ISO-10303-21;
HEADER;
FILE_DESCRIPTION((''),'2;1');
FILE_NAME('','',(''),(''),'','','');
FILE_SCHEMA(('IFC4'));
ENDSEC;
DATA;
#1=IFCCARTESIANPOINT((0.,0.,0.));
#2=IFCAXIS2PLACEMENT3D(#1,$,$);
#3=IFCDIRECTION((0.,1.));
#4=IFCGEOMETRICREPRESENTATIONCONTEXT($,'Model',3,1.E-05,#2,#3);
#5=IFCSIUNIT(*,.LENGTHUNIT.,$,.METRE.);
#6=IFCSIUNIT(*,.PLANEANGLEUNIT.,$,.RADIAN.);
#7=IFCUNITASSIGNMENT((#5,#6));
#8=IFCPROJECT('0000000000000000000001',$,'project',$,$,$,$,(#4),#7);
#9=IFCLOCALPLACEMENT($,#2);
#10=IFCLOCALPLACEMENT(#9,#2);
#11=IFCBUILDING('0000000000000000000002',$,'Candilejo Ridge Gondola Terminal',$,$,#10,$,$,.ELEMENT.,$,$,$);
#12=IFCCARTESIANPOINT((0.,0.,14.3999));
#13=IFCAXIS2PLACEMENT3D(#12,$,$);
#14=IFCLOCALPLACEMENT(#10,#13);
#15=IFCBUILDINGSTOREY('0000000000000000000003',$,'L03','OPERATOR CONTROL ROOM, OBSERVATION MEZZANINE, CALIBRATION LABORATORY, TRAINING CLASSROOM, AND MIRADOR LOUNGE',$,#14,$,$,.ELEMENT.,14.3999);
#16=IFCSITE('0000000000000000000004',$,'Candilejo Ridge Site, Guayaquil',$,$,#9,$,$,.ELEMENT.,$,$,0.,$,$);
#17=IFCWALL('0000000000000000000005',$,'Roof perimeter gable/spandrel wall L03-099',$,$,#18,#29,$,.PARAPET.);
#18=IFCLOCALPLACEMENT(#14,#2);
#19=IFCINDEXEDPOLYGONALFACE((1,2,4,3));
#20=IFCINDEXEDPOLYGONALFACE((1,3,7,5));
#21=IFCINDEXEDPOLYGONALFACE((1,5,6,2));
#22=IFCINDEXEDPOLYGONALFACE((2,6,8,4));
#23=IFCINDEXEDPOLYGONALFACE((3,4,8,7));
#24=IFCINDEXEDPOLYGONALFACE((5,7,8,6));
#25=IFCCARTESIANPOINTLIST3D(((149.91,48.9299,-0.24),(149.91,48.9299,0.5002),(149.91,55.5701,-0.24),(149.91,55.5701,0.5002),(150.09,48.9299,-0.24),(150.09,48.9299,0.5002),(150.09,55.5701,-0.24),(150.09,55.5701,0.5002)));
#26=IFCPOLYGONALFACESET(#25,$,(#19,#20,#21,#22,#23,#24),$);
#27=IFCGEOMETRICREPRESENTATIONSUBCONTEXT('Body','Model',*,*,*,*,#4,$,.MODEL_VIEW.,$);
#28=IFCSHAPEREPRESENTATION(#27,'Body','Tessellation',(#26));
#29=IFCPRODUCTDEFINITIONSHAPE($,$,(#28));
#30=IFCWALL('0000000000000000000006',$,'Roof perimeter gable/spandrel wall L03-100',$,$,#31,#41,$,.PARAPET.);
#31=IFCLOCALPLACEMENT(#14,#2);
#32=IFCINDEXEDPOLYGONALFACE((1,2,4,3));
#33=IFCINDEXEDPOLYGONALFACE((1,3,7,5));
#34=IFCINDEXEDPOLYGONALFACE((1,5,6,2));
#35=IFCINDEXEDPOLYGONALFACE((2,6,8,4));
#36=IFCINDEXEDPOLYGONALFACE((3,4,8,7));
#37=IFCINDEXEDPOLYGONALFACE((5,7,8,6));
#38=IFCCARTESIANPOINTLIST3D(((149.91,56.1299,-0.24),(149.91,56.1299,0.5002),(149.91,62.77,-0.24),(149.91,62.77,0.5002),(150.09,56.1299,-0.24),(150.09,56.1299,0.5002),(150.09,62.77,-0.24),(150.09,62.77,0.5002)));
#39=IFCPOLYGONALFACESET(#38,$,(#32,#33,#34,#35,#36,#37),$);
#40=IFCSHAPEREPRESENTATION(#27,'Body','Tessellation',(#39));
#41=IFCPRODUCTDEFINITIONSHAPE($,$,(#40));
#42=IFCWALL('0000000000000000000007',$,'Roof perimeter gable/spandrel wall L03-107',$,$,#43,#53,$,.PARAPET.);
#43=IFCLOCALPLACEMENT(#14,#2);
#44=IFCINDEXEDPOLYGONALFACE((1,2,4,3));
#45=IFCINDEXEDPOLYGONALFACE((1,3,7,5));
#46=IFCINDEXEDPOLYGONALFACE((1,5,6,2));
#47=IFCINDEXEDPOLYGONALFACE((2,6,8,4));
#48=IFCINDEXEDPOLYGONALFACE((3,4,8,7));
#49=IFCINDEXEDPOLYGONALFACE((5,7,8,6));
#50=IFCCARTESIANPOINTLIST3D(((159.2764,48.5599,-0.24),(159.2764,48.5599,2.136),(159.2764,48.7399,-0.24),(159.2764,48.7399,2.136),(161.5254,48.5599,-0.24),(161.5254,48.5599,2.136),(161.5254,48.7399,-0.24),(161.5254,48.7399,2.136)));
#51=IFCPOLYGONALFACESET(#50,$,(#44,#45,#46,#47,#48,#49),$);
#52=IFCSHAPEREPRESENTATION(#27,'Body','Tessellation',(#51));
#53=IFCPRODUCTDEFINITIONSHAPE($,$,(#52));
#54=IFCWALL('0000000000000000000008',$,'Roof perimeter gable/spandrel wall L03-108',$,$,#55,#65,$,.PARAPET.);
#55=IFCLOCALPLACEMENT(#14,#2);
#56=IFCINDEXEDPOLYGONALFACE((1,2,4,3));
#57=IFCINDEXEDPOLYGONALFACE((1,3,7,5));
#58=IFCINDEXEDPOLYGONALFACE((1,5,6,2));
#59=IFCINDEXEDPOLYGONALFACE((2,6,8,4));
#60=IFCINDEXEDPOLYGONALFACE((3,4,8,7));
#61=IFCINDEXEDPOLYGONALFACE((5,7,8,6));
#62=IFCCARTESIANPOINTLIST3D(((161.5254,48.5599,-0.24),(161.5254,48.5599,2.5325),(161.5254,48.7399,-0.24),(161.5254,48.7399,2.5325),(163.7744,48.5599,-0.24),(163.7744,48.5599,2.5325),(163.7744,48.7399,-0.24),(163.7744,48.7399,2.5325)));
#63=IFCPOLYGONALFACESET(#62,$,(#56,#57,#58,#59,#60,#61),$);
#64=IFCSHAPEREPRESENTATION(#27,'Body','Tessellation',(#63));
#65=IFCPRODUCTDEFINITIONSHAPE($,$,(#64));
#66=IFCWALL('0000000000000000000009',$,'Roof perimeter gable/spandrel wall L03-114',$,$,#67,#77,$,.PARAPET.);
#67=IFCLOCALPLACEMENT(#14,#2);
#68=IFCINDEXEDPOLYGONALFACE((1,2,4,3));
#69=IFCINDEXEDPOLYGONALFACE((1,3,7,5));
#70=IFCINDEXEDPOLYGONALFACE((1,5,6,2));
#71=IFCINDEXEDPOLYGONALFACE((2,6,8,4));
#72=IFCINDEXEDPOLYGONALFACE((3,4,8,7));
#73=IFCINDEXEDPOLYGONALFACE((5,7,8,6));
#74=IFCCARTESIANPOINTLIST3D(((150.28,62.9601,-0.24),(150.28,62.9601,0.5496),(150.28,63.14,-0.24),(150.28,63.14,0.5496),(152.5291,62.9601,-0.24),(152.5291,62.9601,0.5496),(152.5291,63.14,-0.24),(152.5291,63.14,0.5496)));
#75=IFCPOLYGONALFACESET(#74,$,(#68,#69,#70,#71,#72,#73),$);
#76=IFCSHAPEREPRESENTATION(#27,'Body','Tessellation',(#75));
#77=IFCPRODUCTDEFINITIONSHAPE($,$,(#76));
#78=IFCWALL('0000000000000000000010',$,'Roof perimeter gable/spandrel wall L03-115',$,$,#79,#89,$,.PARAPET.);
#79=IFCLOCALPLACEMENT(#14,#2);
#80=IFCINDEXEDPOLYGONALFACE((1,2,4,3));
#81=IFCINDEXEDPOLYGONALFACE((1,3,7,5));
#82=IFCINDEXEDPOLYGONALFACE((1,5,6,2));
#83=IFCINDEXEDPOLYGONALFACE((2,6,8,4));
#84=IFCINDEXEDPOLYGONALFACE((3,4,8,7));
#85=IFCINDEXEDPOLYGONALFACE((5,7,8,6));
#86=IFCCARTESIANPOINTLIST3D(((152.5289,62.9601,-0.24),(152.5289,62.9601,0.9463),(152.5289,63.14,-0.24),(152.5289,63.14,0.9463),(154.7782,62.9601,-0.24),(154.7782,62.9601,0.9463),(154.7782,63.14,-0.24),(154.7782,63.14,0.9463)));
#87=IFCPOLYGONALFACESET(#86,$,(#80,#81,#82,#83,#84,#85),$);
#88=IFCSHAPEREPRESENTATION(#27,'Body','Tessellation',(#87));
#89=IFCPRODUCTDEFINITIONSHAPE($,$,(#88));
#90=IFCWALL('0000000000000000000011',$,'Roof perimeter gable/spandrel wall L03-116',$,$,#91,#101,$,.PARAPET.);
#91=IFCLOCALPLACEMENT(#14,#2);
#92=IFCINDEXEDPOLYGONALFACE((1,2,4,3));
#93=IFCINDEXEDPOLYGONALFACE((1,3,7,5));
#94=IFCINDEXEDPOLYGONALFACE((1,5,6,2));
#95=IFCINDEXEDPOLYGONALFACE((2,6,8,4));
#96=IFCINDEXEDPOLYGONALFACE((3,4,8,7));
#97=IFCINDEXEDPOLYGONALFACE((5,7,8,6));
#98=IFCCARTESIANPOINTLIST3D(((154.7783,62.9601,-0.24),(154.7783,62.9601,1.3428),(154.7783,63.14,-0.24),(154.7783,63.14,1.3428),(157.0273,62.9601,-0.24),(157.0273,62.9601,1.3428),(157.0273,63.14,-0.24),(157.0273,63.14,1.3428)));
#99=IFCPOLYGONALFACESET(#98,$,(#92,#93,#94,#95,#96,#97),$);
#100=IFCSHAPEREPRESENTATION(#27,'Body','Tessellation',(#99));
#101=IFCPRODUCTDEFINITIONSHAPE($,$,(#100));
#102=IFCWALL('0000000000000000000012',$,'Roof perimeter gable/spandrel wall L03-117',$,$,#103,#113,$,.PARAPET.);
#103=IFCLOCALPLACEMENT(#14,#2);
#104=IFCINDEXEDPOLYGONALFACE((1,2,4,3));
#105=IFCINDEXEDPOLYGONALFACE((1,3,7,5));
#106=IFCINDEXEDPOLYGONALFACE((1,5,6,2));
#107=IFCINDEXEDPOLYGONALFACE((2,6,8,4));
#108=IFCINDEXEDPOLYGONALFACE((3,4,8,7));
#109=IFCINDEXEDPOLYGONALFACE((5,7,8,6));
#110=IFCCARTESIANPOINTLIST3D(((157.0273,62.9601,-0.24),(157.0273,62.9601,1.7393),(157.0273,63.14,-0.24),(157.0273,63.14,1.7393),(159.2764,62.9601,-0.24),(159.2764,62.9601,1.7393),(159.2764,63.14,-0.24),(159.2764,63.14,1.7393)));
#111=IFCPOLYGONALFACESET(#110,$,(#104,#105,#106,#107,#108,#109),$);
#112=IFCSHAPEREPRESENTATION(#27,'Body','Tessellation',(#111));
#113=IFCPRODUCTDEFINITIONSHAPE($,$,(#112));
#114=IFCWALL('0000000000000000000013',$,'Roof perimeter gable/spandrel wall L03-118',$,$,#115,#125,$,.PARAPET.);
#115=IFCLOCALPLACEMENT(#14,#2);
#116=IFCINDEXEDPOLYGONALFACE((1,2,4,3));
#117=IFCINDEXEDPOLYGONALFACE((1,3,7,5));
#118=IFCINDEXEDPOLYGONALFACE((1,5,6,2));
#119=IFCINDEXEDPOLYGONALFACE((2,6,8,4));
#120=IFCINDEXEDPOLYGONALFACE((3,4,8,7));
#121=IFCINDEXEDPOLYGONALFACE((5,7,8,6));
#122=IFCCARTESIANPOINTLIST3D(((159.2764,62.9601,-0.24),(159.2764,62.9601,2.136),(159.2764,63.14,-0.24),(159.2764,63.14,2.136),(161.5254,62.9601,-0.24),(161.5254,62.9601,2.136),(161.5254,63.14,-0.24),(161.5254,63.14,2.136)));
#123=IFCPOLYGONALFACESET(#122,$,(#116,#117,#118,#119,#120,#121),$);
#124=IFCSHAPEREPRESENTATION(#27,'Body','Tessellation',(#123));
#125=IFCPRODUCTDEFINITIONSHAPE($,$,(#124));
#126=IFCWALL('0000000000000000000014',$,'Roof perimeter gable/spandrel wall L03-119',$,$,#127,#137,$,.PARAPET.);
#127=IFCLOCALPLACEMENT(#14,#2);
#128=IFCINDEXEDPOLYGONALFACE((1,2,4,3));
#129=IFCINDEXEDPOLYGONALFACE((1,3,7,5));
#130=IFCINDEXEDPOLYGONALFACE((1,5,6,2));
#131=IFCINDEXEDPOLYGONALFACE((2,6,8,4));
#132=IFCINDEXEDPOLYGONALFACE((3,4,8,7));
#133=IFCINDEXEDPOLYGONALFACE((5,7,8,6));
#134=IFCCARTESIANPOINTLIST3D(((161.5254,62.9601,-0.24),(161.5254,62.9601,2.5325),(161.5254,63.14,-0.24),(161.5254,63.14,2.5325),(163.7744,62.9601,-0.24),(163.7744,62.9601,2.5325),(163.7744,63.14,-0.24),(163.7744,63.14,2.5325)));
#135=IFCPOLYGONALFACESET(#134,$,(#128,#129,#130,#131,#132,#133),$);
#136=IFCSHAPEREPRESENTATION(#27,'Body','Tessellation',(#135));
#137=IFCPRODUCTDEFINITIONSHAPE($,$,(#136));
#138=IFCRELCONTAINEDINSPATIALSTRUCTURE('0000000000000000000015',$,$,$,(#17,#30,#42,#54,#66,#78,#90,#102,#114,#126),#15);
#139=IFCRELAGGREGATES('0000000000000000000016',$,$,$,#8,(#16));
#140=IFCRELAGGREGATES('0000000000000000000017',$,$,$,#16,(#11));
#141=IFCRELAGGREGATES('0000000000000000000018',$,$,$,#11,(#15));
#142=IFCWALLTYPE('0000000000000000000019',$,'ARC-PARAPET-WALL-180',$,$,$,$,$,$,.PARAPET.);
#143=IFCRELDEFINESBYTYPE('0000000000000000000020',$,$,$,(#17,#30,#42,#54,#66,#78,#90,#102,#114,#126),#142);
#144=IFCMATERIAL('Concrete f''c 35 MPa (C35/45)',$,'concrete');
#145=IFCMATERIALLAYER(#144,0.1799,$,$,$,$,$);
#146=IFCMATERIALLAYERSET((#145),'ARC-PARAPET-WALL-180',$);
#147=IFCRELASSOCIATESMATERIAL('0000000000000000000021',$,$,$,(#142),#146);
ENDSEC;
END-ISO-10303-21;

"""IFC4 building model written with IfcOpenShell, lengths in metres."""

from ifc_helpers import new_model, si_unit, direction, frame, frame_2d, origin, place, context, subcontext, project, spatial, rectangle, extrude, material, layer, layer_set, type_object, element, save


model = new_model("IFC4")

# Units and contexts
model_context = context("Model", 3, precision=1e-05, world=origin(), true_north=direction((0.0, 1.0)))
body_context = subcontext(model_context, "Body", "Model", "MODEL_VIEW")
ifc_project = project(units=[si_unit("LENGTHUNIT", "METRE"), si_unit("PLANEANGLEUNIT", "RADIAN")], contexts=[model_context])

# Site, building, storey
site_placement = place(None, origin())
site = spatial("IfcSite", under=ifc_project, at=site_placement, Name="Candilejo Ridge Site, Guayaquil", CompositionType="ELEMENT", RefElevation=0.0)
building_placement = place(site_placement, origin())
building = spatial("IfcBuilding", under=site, at=building_placement, Name="Candilejo Ridge Gondola Terminal", CompositionType="ELEMENT")
storey_placement = place(building_placement, frame((0.0, 0.0, 14.3999)))
storey = spatial("IfcBuildingStorey", under=building, at=storey_placement, Name="L03", Description="OPERATOR CONTROL ROOM, OBSERVATION MEZZANINE, CALIBRATION LABORATORY, TRAINING CLASSROOM, AND MIRADOR LOUNGE", CompositionType="ELEMENT", Elevation=14.3999)

# Walls
ifc_material_1 = material(Name="Concrete f'c 35 MPa (C35/45)", Category="concrete")
ifc_layer_1 = layer(ifc_material_1, 0.1799)
ifc_layer_set_1 = layer_set([ifc_layer_1], Name="ARC-PARAPET-WALL-180")
wall_type = type_object("IfcWallType", Name="ARC-PARAPET-WALL-180", PredefinedType="PARAPET", material=ifc_layer_set_1)
for number, where, z_axis, x_axis, name in (
    (1, (150.0, 48.9299, -0.24), (0.0, 0.0, 1.0), (0.0, 1.0, 0.0), "Roof perimeter gable/spandrel wall L03-099"),
    (2, (150.0, 56.1299, -0.24), (0.0, 0.0, 1.0), (0.0, 1.0, 0.0), "Roof perimeter gable/spandrel wall L03-100"),
):
    element("IfcWall", number, at=place(storey_placement, frame(where, z_axis=z_axis, x_axis=x_axis)), inside=storey, type_object=wall_type, Name=name, PredefinedType="PARAPET", context=body_context, shape_type="SweptSolid", body=[
        extrude(rectangle(XDim=6.6401, YDim=0.1799, at=frame_2d((3.3201, 0.0))), origin(), (0.0, 0.0, 1.0), 0.7402),
    ])
wall_1_placement = place(storey_placement, frame((159.2764, 48.6499, -0.24), z_axis=(0.0, 0.0, 1.0), x_axis=(1.0, 0.0, 0.0)))
element("IfcWall", 3, at=wall_1_placement, inside=storey, type_object=wall_type, Name="Roof perimeter gable/spandrel wall L03-107", PredefinedType="PARAPET", context=body_context, shape_type="SweptSolid", body=[
    extrude(rectangle(XDim=2.249, YDim=0.1799, at=frame_2d((1.1245, 0.0))), origin(), (0.0, 0.0, 1.0), 2.376),
])
wall_2_placement = place(storey_placement, frame((161.5254, 48.6499, -0.24), z_axis=(0.0, 0.0, 1.0), x_axis=(1.0, 0.0, 0.0)))
element("IfcWall", 4, at=wall_2_placement, inside=storey, type_object=wall_type, Name="Roof perimeter gable/spandrel wall L03-108", PredefinedType="PARAPET", context=body_context, shape_type="SweptSolid", body=[
    extrude(rectangle(XDim=2.249, YDim=0.1799, at=frame_2d((1.1245, 0.0))), origin(), (0.0, 0.0, 1.0), 2.7725),
])
wall_3_placement = place(storey_placement, frame((150.28, 63.05, -0.24), z_axis=(0.0, 0.0, 1.0), x_axis=(1.0, 0.0, 0.0)))
element("IfcWall", 5, at=wall_3_placement, inside=storey, type_object=wall_type, Name="Roof perimeter gable/spandrel wall L03-114", PredefinedType="PARAPET", context=body_context, shape_type="SweptSolid", body=[
    extrude(rectangle(XDim=2.249, YDim=0.1799, at=frame_2d((1.1245, 0.0))), origin(), (0.0, 0.0, 1.0), 0.7896),
])
wall_4_placement = place(storey_placement, frame((152.5291, 63.05, -0.24), z_axis=(0.0, 0.0, 1.0), x_axis=(1.0, 0.0, 0.0)))
element("IfcWall", 6, at=wall_4_placement, inside=storey, type_object=wall_type, Name="Roof perimeter gable/spandrel wall L03-115", PredefinedType="PARAPET", context=body_context, shape_type="SweptSolid", body=[
    extrude(rectangle(XDim=2.2493, YDim=0.1799, at=frame_2d((1.1245, 0.0))), origin(), (0.0, 0.0, 1.0), 1.1863),
])
wall_5_placement = place(storey_placement, frame((154.7783, 63.05, -0.24), z_axis=(0.0, 0.0, 1.0), x_axis=(1.0, 0.0, 0.0)))
element("IfcWall", 7, at=wall_5_placement, inside=storey, type_object=wall_type, Name="Roof perimeter gable/spandrel wall L03-116", PredefinedType="PARAPET", context=body_context, shape_type="SweptSolid", body=[
    extrude(rectangle(XDim=2.249, YDim=0.1799, at=frame_2d((1.1245, 0.0))), origin(), (0.0, 0.0, 1.0), 1.5828),
])
wall_6_placement = place(storey_placement, frame((157.0273, 63.05, -0.24), z_axis=(0.0, 0.0, 1.0), x_axis=(1.0, 0.0, 0.0)))
element("IfcWall", 8, at=wall_6_placement, inside=storey, type_object=wall_type, Name="Roof perimeter gable/spandrel wall L03-117", PredefinedType="PARAPET", context=body_context, shape_type="SweptSolid", body=[
    extrude(rectangle(XDim=2.249, YDim=0.1799, at=frame_2d((1.1245, 0.0))), origin(), (0.0, 0.0, 1.0), 1.9792),
])
wall_7_placement = place(storey_placement, frame((159.2764, 63.05, -0.24), z_axis=(0.0, 0.0, 1.0), x_axis=(1.0, 0.0, 0.0)))
element("IfcWall", 9, at=wall_7_placement, inside=storey, type_object=wall_type, Name="Roof perimeter gable/spandrel wall L03-118", PredefinedType="PARAPET", context=body_context, shape_type="SweptSolid", body=[
    extrude(rectangle(XDim=2.249, YDim=0.1799, at=frame_2d((1.1245, 0.0))), origin(), (0.0, 0.0, 1.0), 2.376),
])
wall_8_placement = place(storey_placement, frame((161.5254, 63.05, -0.24), z_axis=(0.0, 0.0, 1.0), x_axis=(1.0, 0.0, 0.0)))
element("IfcWall", 10, at=wall_8_placement, inside=storey, type_object=wall_type, Name="Roof perimeter gable/spandrel wall L03-119", PredefinedType="PARAPET", context=body_context, shape_type="SweptSolid", body=[
    extrude(rectangle(XDim=2.249, YDim=0.1799, at=frame_2d((1.1245, 0.0))), origin(), (0.0, 0.0, 1.0), 2.7725),
])

save(model, "model.ifc")
